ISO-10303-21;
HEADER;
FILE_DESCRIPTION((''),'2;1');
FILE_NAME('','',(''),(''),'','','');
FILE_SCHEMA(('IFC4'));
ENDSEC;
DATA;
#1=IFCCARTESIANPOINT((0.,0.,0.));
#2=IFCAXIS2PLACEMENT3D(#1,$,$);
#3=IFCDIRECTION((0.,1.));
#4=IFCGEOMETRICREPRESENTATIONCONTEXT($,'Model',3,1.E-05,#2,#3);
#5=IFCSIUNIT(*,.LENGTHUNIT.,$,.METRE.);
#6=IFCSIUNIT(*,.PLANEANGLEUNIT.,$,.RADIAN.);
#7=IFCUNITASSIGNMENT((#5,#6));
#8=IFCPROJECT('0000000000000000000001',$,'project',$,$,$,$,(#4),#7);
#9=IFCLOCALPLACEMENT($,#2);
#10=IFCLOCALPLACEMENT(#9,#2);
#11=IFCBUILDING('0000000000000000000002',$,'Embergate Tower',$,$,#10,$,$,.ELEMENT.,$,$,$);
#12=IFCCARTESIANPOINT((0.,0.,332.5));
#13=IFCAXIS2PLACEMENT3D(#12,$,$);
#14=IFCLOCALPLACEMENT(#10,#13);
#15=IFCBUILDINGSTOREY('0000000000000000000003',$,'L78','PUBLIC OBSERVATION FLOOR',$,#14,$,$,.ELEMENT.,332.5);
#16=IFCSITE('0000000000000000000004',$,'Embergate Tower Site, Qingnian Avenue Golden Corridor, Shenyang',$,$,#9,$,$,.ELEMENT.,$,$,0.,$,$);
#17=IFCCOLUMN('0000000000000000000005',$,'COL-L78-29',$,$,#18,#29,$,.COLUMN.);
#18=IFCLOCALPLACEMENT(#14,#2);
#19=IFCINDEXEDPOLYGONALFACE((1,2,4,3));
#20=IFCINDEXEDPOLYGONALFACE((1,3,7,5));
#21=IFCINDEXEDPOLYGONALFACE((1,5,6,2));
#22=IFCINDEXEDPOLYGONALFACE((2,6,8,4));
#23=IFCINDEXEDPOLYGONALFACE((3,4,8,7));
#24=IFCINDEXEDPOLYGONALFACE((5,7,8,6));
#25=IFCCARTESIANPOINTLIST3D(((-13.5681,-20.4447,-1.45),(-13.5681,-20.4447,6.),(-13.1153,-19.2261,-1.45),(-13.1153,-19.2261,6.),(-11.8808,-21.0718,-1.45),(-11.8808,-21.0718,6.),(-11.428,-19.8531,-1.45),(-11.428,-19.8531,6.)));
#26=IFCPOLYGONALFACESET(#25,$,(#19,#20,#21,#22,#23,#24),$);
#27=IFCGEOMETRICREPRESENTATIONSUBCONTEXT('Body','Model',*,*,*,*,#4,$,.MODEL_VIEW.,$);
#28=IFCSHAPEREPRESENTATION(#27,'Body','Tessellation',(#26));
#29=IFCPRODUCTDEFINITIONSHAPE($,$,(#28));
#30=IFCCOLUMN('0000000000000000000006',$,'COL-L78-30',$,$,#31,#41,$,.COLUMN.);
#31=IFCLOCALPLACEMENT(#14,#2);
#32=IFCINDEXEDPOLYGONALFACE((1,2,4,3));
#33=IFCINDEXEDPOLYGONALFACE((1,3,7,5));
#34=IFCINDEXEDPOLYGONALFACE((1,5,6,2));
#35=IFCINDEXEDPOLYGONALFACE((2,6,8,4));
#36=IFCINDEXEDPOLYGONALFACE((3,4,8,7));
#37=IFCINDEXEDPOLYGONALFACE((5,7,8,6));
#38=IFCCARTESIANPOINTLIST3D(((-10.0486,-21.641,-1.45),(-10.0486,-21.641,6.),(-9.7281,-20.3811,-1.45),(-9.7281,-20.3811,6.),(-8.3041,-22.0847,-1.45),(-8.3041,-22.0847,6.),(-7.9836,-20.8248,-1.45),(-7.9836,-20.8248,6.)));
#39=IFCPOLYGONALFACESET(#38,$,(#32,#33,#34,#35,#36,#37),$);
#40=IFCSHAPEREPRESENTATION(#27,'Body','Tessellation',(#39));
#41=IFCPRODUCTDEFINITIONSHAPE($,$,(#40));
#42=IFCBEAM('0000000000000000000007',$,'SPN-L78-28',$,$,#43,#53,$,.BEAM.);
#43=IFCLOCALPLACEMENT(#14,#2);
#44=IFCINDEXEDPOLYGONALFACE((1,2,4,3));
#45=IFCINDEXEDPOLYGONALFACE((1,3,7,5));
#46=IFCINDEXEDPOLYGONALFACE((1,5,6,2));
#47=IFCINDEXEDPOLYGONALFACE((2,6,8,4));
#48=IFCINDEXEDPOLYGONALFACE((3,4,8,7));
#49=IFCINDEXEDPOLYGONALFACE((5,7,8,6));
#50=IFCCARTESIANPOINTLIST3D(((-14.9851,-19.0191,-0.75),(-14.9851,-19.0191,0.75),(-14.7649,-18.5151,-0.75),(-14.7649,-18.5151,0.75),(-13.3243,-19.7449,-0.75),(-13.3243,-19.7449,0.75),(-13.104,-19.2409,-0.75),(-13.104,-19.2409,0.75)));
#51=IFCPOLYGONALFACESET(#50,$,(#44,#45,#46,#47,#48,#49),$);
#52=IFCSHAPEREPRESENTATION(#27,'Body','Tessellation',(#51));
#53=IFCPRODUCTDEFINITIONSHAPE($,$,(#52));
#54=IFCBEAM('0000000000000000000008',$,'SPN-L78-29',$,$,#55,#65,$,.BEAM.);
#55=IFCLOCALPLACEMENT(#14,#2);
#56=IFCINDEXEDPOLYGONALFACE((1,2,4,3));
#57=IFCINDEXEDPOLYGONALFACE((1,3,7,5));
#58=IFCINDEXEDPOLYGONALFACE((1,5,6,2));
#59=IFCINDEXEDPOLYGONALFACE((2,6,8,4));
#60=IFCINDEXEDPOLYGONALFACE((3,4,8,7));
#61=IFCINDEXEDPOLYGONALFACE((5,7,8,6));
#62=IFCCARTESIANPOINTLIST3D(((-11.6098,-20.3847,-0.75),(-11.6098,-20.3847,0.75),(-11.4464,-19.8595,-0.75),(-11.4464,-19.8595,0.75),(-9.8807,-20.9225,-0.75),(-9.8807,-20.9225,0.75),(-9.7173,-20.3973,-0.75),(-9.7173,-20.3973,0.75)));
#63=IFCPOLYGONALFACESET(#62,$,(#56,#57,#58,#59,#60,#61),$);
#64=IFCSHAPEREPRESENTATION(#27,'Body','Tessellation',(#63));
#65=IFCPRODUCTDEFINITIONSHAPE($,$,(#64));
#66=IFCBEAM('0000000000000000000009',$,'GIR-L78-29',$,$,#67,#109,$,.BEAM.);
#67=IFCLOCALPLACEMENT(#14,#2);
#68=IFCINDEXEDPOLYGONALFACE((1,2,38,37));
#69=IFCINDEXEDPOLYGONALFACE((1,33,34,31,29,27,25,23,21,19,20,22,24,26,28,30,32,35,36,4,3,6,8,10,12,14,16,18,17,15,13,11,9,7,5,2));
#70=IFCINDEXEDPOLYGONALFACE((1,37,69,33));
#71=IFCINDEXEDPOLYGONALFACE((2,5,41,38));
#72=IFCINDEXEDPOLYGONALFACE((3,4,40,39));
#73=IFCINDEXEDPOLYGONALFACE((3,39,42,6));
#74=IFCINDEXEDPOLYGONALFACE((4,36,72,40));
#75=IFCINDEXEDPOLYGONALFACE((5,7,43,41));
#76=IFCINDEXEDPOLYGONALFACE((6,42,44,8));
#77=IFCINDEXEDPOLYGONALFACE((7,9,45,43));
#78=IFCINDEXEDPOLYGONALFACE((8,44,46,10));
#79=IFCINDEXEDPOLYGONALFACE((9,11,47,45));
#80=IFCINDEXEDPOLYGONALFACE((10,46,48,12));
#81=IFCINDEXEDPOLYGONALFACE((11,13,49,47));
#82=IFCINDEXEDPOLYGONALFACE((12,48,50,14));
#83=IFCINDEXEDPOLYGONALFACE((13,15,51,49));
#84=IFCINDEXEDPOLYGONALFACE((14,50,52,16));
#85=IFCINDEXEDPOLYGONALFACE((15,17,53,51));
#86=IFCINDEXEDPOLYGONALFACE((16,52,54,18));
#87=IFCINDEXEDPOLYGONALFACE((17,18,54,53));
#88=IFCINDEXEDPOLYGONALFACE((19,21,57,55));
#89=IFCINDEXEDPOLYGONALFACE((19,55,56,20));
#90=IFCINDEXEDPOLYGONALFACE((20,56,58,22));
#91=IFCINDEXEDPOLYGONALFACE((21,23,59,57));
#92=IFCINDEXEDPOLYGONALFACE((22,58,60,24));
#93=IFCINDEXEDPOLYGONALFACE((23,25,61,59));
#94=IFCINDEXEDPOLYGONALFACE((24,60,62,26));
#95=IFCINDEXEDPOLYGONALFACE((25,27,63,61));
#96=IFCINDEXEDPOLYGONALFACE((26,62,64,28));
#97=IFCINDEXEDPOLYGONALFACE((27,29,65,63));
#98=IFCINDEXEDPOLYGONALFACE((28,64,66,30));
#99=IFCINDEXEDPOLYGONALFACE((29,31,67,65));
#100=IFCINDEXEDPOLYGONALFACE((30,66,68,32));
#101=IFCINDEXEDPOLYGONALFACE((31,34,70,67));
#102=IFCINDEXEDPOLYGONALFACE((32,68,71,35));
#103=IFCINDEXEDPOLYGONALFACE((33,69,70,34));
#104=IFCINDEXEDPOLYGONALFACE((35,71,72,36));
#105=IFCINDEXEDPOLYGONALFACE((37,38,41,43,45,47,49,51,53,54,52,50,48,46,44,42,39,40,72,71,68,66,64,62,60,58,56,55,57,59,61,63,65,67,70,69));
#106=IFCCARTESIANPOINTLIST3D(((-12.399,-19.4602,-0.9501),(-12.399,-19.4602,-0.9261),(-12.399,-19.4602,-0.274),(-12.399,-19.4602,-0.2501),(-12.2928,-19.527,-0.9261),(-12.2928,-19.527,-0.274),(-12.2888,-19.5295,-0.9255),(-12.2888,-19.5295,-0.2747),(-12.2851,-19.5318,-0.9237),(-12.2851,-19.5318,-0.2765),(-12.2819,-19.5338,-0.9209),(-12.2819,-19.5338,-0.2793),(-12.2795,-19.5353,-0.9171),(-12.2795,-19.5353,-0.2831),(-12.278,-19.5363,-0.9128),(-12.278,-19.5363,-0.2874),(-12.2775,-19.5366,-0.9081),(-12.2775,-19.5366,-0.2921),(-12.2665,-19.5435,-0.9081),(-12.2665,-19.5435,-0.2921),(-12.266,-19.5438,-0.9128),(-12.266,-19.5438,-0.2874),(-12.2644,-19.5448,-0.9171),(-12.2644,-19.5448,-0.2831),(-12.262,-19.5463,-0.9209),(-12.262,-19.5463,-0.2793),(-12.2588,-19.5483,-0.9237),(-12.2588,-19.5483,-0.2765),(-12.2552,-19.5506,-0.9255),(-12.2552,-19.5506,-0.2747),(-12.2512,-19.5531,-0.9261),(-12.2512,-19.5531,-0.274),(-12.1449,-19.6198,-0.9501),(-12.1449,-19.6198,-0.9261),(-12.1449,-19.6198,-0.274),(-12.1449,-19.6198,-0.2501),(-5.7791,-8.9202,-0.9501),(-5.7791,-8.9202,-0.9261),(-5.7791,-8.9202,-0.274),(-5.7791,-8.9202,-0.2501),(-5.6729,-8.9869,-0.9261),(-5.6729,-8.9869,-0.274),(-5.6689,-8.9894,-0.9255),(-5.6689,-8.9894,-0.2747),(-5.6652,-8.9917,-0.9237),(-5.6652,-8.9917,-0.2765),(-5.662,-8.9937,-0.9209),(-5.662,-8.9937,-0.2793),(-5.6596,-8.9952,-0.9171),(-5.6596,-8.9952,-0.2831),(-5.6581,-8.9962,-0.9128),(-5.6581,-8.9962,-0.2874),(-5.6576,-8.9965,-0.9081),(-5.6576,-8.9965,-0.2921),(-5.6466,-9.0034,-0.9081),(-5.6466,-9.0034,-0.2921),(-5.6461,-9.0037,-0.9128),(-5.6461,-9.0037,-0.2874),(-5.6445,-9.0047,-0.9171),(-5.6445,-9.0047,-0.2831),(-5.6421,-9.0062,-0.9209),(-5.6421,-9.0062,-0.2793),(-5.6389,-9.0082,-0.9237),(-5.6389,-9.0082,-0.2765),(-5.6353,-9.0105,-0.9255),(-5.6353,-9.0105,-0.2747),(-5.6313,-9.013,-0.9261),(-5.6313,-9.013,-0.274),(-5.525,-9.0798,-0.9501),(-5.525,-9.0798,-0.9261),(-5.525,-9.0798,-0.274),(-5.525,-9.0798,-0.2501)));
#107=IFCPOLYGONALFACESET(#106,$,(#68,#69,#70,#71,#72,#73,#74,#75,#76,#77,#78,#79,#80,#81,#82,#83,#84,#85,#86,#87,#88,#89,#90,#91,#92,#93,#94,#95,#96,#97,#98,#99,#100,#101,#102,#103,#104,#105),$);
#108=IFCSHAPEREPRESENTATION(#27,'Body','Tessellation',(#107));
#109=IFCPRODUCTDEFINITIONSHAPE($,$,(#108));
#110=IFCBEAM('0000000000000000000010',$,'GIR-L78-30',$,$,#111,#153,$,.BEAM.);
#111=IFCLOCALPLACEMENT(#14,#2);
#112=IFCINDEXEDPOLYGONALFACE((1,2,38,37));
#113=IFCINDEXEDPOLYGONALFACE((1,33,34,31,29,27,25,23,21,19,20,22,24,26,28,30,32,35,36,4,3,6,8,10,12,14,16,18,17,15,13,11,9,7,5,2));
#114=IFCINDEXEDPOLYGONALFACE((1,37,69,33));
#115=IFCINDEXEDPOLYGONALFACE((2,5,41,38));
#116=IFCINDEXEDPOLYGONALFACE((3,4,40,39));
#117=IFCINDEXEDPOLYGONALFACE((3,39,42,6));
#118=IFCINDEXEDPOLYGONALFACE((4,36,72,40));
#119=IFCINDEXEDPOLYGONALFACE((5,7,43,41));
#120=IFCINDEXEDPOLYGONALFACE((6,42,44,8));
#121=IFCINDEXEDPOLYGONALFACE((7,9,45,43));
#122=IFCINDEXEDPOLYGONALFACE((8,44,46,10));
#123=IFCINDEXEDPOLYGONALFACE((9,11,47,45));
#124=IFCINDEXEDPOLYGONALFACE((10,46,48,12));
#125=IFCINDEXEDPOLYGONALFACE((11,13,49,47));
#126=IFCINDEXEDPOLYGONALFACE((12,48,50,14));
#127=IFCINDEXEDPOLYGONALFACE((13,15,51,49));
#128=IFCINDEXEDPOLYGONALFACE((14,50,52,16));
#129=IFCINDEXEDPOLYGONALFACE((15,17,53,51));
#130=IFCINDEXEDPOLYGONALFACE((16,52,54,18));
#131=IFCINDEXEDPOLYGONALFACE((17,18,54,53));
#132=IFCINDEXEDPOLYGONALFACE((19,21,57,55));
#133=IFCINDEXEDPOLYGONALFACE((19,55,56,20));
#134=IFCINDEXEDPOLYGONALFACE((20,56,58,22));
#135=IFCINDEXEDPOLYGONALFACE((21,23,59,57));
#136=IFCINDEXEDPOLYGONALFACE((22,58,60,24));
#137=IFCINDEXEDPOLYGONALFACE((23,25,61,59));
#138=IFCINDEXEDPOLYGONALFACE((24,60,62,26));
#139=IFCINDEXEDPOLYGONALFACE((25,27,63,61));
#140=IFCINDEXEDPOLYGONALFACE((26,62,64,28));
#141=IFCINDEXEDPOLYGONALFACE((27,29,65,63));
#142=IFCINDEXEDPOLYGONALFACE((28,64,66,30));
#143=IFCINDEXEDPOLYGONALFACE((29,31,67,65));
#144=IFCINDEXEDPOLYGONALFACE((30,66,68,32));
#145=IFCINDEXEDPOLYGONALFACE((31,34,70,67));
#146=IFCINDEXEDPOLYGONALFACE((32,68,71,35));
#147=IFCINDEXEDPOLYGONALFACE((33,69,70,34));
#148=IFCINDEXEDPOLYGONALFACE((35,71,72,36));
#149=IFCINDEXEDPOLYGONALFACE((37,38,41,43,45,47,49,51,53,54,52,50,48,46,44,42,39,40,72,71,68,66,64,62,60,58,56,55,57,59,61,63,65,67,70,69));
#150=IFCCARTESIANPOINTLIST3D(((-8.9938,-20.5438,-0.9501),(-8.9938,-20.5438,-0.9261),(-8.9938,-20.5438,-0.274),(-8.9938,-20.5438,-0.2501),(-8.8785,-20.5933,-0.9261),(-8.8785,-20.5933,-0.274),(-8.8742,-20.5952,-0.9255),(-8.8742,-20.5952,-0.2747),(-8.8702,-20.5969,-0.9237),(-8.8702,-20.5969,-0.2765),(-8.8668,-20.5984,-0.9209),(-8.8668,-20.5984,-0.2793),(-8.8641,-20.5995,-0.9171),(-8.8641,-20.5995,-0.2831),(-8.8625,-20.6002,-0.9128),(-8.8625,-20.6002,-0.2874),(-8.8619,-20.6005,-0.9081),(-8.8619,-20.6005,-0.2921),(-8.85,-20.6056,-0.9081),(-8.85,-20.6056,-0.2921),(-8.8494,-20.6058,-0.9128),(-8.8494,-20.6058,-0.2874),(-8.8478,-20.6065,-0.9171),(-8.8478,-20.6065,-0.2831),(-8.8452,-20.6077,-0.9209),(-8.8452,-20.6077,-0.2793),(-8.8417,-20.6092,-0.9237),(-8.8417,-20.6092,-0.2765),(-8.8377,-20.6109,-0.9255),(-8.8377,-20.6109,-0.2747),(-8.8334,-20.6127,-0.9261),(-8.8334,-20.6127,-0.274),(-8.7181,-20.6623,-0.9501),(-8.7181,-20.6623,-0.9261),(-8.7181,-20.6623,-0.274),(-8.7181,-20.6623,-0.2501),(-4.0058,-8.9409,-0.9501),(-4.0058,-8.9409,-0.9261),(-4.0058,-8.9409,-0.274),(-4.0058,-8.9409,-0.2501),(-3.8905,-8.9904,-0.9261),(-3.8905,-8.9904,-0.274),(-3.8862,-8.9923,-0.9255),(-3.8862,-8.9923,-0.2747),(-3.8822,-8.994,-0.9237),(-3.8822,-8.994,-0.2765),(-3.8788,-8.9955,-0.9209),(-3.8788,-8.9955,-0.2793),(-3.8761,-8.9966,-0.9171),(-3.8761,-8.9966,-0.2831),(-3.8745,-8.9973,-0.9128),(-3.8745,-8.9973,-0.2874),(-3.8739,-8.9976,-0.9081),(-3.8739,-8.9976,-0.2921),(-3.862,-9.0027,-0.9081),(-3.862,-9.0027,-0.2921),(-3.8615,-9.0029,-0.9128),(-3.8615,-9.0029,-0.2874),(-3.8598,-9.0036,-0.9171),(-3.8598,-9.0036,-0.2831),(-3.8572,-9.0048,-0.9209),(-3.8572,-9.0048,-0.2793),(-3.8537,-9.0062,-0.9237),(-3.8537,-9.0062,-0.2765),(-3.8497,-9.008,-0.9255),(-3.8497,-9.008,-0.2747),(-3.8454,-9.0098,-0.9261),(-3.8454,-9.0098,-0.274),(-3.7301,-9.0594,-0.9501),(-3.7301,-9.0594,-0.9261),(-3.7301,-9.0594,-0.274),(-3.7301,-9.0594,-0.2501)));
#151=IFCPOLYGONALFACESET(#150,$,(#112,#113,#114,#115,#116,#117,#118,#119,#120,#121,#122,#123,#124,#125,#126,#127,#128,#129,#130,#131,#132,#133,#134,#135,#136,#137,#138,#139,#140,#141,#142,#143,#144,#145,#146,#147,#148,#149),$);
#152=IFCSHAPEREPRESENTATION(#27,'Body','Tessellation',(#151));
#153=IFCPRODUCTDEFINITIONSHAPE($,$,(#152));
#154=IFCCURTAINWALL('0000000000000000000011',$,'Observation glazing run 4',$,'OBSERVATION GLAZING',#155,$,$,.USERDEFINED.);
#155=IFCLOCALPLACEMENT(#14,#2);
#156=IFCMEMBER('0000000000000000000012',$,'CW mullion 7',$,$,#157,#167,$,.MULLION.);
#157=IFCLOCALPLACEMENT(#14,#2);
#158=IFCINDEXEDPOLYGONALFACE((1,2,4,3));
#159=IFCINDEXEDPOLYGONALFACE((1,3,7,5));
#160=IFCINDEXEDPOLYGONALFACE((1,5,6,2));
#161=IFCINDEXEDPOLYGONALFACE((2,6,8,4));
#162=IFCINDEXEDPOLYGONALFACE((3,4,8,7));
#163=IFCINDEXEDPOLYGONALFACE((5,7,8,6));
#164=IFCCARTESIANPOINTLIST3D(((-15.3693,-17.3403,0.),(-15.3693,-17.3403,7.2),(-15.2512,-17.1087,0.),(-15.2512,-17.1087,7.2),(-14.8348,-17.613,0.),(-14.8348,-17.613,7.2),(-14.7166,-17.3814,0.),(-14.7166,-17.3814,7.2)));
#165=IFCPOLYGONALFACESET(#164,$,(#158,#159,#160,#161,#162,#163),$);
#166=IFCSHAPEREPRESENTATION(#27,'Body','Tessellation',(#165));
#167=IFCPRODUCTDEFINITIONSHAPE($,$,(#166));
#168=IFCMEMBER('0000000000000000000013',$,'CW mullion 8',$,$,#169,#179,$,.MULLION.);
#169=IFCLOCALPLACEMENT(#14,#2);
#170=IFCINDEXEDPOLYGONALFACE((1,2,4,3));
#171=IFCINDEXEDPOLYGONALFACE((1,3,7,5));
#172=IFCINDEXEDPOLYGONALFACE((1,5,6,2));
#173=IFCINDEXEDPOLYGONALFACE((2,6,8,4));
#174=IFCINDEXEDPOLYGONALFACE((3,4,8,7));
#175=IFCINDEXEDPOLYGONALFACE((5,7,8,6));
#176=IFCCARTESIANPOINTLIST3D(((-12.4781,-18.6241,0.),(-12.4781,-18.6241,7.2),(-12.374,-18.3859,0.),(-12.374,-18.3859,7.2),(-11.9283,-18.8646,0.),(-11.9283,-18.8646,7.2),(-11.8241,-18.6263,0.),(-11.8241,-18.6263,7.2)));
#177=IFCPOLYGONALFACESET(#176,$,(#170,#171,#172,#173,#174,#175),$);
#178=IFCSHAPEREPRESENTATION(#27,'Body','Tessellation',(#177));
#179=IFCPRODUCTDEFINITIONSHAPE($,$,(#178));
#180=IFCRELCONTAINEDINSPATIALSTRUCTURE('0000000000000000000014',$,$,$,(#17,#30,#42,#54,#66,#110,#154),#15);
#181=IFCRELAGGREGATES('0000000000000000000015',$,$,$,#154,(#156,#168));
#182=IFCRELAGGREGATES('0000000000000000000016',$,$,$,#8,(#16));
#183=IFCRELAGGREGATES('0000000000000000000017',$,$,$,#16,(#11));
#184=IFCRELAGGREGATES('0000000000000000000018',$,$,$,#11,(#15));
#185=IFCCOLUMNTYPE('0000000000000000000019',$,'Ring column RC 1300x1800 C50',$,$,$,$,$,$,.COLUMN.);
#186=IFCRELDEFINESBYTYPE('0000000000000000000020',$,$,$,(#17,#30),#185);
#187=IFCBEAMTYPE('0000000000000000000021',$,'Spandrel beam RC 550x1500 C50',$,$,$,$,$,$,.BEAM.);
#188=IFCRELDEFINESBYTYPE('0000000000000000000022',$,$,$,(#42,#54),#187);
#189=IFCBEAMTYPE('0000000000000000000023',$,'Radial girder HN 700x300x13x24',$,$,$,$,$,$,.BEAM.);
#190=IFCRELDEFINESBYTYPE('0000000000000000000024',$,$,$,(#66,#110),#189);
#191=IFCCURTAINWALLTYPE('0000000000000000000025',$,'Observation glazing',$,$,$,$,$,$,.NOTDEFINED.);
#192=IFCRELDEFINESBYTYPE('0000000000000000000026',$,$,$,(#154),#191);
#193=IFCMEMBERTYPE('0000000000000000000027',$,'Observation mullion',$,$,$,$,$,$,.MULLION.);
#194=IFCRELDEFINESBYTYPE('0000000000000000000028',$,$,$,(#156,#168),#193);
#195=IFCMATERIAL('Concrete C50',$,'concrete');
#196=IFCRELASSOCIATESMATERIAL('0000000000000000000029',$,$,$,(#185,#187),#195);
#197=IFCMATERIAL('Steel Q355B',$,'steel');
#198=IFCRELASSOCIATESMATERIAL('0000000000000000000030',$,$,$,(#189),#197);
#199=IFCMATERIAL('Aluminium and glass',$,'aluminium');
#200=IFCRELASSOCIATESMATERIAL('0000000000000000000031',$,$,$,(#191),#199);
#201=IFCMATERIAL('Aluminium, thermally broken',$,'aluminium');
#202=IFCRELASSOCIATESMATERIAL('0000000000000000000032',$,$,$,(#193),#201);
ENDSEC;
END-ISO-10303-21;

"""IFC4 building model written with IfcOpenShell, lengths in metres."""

from ifc_helpers import new_model, si_unit, direction, frame, origin, origin_2d, place, context, subcontext, project, spatial, rectangle, i_section, extrude, source, transform, mapped, material, material_profile, profile_set, type_object, element, aggregate, save


model = new_model("IFC4")

# Units and contexts
model_context = context("Model", 3, precision=1e-05, world=origin(), true_north=direction((0.0, 1.0)))
body_context = subcontext(model_context, "Body", "Model", "MODEL_VIEW")
ifc_project = project(units=[si_unit("LENGTHUNIT", "METRE"), si_unit("PLANEANGLEUNIT", "RADIAN")], contexts=[model_context])

# Site, building, storey
site_placement = place(None, origin())
site = spatial("IfcSite", under=ifc_project, at=site_placement, Name="Embergate Tower Site, Qingnian Avenue Golden Corridor, Shenyang", CompositionType="ELEMENT", RefElevation=0.0)
building_placement = place(site_placement, origin())
building = spatial("IfcBuilding", under=site, at=building_placement, Name="Embergate Tower", CompositionType="ELEMENT")
storey_placement = place(building_placement, frame((0.0, 0.0, 332.5)))
storey = spatial("IfcBuildingStorey", under=building, at=storey_placement, Name="L78", Description="PUBLIC OBSERVATION FLOOR", CompositionType="ELEMENT", Elevation=332.5)

# Columns
ifc_material_1 = material(Name="Concrete C50", Category="concrete")
ifc_material_profile_1 = material_profile(ifc_material_1, rectangle(XDim=1.3, YDim=1.8, at=origin_2d()), Name="RC 1300x1800")
ifc_profile_set_1 = profile_set([ifc_material_profile_1], Name="Concrete C50")
column_type = type_object("IfcColumnType", Name="Ring column RC 1300x1800 C50", PredefinedType="COLUMN", material=ifc_profile_set_1)
shared_shape_1 = source(origin(), body_context, "Body", "SweptSolid", [
    extrude(rectangle(XDim=1.3, YDim=1.8, at=origin_2d()), origin(), (0.0, 0.0, 1.0), 7.45),
])
for number, where, z_axis, x_axis, name in (
    (1, (-12.498, -20.1489, -1.45), (0.0, 0.0, 1.0), (-0.348343, -0.937367, 0.0), "COL-L78-29"),
    (2, (-9.0161, -21.2329, -1.45), (0.0, 0.0, 1.0), (-0.246492, -0.969145, 0.0), "COL-L78-30"),
):
    element("IfcColumn", number, at=place(storey_placement, frame(where, z_axis=z_axis, x_axis=x_axis)), inside=storey, type_object=column_type, Name=name, PredefinedType="COLUMN", context=body_context, shape_type="MappedRepresentation", body=[
        mapped(shared_shape_1, transform((0.0, 0.0, 0.0))),
    ])

# Beams
ifc_material_profile_2 = material_profile(ifc_material_1, rectangle(XDim=0.55, YDim=1.5, at=origin_2d()), Name="RC 550x1500")
ifc_profile_set_2 = profile_set([ifc_material_profile_2], Name="Concrete C50")
beam_type_1 = type_object("IfcBeamType", Name="Spandrel beam RC 550x1500 C50", PredefinedType="BEAM", material=ifc_profile_set_2)
shared_shape_2 = source(origin(), body_context, "Body", "SweptSolid", [
    extrude(rectangle(XDim=0.55, YDim=1.5, at=origin_2d()), origin(), (0.0, 0.0, 1.0), 1.8125),
])
beam_1_placement = place(storey_placement, frame((-14.875, -18.7671, 0.0), z_axis=(0.916321, -0.400444, 0.0), x_axis=(0.400444, 0.916321, 0.0)))
element("IfcBeam", 3, at=beam_1_placement, inside=storey, type_object=beam_type_1, Name="SPN-L78-28", PredefinedType="BEAM", context=body_context, shape_type="MappedRepresentation", body=[
    mapped(shared_shape_2, transform((0.0, 0.0, 0.0))),
])
shared_shape_3 = source(origin(), body_context, "Body", "SweptSolid", [
    extrude(rectangle(XDim=0.55, YDim=1.5, at=origin_2d()), origin(), (0.0, 0.0, 1.0), 1.8108),
])
beam_2_placement = place(storey_placement, frame((-11.5281, -20.1221, 0.0), z_axis=(0.954868, -0.297031, 0.0), x_axis=(0.297031, 0.954868, 0.0)))
element("IfcBeam", 4, at=beam_2_placement, inside=storey, type_object=beam_type_1, Name="SPN-L78-29", PredefinedType="BEAM", context=body_context, shape_type="MappedRepresentation", body=[
    mapped(shared_shape_3, transform((0.0, 0.0, 0.0))),
])
ifc_material_2 = material(Name="Steel Q355B", Category="steel")
ifc_material_profile_3 = material_profile(ifc_material_2, i_section(OverallWidth=0.3, OverallDepth=0.7, WebThickness=0.0129, FlangeThickness=0.0239, FilletRadius=0.0181, at=origin_2d()), Name="HN 700x300x13x24")
ifc_profile_set_3 = profile_set([ifc_material_profile_3], Name="Steel Q355 grade B")
beam_type_2 = type_object("IfcBeamType", Name="Radial girder HN 700x300x13x24", PredefinedType="BEAM", material=ifc_profile_set_3)
shared_shape_4 = source(origin(), body_context, "Body", "SweptSolid", [
    extrude(i_section(OverallWidth=0.3, OverallDepth=0.7, WebThickness=0.0129, FlangeThickness=0.0239, FilletRadius=0.0181, at=origin_2d()), origin(), (0.0, 0.0, 1.0), 12.4465),
])
beam_3_placement = place(storey_placement, frame((-12.272, -19.54, -0.6001), z_axis=(0.531867, 0.846828, 0.0), x_axis=(-0.846828, 0.531867, 0.0)))
element("IfcBeam", 5, at=beam_3_placement, inside=storey, type_object=beam_type_2, Name="GIR-L78-29", PredefinedType="BEAM", context=body_context, shape_type="MappedRepresentation", body=[
    mapped(shared_shape_4, transform((0.0, 0.0, 0.0))),
])
shared_shape_5 = source(origin(), body_context, "Body", "SweptSolid", [
    extrude(i_section(OverallWidth=0.3, OverallDepth=0.7, WebThickness=0.0129, FlangeThickness=0.0239, FilletRadius=0.0181, at=origin_2d()), origin(), (0.0, 0.0, 1.0), 12.6296),
])
beam_4_placement = place(storey_placement, frame((-8.856, -20.603, -0.6001), z_axis=(0.394943, 0.918706, 0.0), x_axis=(-0.918706, 0.394943, 0.0)))
element("IfcBeam", 6, at=beam_4_placement, inside=storey, type_object=beam_type_2, Name="GIR-L78-30", PredefinedType="BEAM", context=body_context, shape_type="MappedRepresentation", body=[
    mapped(shared_shape_5, transform((0.0, 0.0, 0.0))),
])

# Curtain wall, members
ifc_material_3 = material(Name="Aluminium and glass", Category="aluminium")
curtain_wall_type = type_object("IfcCurtainWallType", Name="Observation glazing", PredefinedType="NOTDEFINED", material=ifc_material_3)
curtain_wall_1_placement = place(storey_placement, origin())
curtain_wall_1 = element("IfcCurtainWall", 7, at=curtain_wall_1_placement, inside=storey, type_object=curtain_wall_type, Name="Observation glazing run 4", ObjectType="OBSERVATION GLAZING", PredefinedType="USERDEFINED")
ifc_material_4 = material(Name="Aluminium, thermally broken", Category="aluminium")
ifc_material_profile_4 = material_profile(ifc_material_4, rectangle(XDim=0.26, YDim=0.6001, at=origin_2d()), Name="AL 600x260")
ifc_profile_set_4 = profile_set([ifc_material_profile_4], Name="Aluminium, thermally broken")
member_type_1 = type_object("IfcMemberType", Name="Observation mullion", PredefinedType="MULLION", material=ifc_profile_set_4)
shared_shape_6 = source(origin(), body_context, "Body", "SweptSolid", [
    extrude(rectangle(XDim=0.26, YDim=0.6001, at=origin_2d()), origin(), (0.0, 0.0, 1.0), 7.2),
])
member_1_placement = place(storey_placement, frame((-15.043, -17.3608, 0.0), z_axis=(0.0, 0.0, 1.0), x_axis=(0.454494, 0.89075, 0.0)))
member_1 = element("IfcMember", 8, at=member_1_placement, type_object=member_type_1, Name="CW mullion 7", PredefinedType="MULLION", context=body_context, shape_type="MappedRepresentation", body=[
    mapped(shared_shape_6, transform((0.0, 0.0, 0.0))),
])
member_2_placement = place(storey_placement, frame((-12.1511, -18.6252, 0.0), z_axis=(0.0, 0.0, 1.0), x_axis=(0.400634, 0.916238, 0.0)))
member_2 = element("IfcMember", 9, at=member_2_placement, type_object=member_type_1, Name="CW mullion 8", PredefinedType="MULLION", context=body_context, shape_type="MappedRepresentation", body=[
    mapped(shared_shape_6, transform((0.0, 0.0, 0.0))),
])

aggregate(curtain_wall_1, [member_1, member_2])

save(model, "model.ifc")
